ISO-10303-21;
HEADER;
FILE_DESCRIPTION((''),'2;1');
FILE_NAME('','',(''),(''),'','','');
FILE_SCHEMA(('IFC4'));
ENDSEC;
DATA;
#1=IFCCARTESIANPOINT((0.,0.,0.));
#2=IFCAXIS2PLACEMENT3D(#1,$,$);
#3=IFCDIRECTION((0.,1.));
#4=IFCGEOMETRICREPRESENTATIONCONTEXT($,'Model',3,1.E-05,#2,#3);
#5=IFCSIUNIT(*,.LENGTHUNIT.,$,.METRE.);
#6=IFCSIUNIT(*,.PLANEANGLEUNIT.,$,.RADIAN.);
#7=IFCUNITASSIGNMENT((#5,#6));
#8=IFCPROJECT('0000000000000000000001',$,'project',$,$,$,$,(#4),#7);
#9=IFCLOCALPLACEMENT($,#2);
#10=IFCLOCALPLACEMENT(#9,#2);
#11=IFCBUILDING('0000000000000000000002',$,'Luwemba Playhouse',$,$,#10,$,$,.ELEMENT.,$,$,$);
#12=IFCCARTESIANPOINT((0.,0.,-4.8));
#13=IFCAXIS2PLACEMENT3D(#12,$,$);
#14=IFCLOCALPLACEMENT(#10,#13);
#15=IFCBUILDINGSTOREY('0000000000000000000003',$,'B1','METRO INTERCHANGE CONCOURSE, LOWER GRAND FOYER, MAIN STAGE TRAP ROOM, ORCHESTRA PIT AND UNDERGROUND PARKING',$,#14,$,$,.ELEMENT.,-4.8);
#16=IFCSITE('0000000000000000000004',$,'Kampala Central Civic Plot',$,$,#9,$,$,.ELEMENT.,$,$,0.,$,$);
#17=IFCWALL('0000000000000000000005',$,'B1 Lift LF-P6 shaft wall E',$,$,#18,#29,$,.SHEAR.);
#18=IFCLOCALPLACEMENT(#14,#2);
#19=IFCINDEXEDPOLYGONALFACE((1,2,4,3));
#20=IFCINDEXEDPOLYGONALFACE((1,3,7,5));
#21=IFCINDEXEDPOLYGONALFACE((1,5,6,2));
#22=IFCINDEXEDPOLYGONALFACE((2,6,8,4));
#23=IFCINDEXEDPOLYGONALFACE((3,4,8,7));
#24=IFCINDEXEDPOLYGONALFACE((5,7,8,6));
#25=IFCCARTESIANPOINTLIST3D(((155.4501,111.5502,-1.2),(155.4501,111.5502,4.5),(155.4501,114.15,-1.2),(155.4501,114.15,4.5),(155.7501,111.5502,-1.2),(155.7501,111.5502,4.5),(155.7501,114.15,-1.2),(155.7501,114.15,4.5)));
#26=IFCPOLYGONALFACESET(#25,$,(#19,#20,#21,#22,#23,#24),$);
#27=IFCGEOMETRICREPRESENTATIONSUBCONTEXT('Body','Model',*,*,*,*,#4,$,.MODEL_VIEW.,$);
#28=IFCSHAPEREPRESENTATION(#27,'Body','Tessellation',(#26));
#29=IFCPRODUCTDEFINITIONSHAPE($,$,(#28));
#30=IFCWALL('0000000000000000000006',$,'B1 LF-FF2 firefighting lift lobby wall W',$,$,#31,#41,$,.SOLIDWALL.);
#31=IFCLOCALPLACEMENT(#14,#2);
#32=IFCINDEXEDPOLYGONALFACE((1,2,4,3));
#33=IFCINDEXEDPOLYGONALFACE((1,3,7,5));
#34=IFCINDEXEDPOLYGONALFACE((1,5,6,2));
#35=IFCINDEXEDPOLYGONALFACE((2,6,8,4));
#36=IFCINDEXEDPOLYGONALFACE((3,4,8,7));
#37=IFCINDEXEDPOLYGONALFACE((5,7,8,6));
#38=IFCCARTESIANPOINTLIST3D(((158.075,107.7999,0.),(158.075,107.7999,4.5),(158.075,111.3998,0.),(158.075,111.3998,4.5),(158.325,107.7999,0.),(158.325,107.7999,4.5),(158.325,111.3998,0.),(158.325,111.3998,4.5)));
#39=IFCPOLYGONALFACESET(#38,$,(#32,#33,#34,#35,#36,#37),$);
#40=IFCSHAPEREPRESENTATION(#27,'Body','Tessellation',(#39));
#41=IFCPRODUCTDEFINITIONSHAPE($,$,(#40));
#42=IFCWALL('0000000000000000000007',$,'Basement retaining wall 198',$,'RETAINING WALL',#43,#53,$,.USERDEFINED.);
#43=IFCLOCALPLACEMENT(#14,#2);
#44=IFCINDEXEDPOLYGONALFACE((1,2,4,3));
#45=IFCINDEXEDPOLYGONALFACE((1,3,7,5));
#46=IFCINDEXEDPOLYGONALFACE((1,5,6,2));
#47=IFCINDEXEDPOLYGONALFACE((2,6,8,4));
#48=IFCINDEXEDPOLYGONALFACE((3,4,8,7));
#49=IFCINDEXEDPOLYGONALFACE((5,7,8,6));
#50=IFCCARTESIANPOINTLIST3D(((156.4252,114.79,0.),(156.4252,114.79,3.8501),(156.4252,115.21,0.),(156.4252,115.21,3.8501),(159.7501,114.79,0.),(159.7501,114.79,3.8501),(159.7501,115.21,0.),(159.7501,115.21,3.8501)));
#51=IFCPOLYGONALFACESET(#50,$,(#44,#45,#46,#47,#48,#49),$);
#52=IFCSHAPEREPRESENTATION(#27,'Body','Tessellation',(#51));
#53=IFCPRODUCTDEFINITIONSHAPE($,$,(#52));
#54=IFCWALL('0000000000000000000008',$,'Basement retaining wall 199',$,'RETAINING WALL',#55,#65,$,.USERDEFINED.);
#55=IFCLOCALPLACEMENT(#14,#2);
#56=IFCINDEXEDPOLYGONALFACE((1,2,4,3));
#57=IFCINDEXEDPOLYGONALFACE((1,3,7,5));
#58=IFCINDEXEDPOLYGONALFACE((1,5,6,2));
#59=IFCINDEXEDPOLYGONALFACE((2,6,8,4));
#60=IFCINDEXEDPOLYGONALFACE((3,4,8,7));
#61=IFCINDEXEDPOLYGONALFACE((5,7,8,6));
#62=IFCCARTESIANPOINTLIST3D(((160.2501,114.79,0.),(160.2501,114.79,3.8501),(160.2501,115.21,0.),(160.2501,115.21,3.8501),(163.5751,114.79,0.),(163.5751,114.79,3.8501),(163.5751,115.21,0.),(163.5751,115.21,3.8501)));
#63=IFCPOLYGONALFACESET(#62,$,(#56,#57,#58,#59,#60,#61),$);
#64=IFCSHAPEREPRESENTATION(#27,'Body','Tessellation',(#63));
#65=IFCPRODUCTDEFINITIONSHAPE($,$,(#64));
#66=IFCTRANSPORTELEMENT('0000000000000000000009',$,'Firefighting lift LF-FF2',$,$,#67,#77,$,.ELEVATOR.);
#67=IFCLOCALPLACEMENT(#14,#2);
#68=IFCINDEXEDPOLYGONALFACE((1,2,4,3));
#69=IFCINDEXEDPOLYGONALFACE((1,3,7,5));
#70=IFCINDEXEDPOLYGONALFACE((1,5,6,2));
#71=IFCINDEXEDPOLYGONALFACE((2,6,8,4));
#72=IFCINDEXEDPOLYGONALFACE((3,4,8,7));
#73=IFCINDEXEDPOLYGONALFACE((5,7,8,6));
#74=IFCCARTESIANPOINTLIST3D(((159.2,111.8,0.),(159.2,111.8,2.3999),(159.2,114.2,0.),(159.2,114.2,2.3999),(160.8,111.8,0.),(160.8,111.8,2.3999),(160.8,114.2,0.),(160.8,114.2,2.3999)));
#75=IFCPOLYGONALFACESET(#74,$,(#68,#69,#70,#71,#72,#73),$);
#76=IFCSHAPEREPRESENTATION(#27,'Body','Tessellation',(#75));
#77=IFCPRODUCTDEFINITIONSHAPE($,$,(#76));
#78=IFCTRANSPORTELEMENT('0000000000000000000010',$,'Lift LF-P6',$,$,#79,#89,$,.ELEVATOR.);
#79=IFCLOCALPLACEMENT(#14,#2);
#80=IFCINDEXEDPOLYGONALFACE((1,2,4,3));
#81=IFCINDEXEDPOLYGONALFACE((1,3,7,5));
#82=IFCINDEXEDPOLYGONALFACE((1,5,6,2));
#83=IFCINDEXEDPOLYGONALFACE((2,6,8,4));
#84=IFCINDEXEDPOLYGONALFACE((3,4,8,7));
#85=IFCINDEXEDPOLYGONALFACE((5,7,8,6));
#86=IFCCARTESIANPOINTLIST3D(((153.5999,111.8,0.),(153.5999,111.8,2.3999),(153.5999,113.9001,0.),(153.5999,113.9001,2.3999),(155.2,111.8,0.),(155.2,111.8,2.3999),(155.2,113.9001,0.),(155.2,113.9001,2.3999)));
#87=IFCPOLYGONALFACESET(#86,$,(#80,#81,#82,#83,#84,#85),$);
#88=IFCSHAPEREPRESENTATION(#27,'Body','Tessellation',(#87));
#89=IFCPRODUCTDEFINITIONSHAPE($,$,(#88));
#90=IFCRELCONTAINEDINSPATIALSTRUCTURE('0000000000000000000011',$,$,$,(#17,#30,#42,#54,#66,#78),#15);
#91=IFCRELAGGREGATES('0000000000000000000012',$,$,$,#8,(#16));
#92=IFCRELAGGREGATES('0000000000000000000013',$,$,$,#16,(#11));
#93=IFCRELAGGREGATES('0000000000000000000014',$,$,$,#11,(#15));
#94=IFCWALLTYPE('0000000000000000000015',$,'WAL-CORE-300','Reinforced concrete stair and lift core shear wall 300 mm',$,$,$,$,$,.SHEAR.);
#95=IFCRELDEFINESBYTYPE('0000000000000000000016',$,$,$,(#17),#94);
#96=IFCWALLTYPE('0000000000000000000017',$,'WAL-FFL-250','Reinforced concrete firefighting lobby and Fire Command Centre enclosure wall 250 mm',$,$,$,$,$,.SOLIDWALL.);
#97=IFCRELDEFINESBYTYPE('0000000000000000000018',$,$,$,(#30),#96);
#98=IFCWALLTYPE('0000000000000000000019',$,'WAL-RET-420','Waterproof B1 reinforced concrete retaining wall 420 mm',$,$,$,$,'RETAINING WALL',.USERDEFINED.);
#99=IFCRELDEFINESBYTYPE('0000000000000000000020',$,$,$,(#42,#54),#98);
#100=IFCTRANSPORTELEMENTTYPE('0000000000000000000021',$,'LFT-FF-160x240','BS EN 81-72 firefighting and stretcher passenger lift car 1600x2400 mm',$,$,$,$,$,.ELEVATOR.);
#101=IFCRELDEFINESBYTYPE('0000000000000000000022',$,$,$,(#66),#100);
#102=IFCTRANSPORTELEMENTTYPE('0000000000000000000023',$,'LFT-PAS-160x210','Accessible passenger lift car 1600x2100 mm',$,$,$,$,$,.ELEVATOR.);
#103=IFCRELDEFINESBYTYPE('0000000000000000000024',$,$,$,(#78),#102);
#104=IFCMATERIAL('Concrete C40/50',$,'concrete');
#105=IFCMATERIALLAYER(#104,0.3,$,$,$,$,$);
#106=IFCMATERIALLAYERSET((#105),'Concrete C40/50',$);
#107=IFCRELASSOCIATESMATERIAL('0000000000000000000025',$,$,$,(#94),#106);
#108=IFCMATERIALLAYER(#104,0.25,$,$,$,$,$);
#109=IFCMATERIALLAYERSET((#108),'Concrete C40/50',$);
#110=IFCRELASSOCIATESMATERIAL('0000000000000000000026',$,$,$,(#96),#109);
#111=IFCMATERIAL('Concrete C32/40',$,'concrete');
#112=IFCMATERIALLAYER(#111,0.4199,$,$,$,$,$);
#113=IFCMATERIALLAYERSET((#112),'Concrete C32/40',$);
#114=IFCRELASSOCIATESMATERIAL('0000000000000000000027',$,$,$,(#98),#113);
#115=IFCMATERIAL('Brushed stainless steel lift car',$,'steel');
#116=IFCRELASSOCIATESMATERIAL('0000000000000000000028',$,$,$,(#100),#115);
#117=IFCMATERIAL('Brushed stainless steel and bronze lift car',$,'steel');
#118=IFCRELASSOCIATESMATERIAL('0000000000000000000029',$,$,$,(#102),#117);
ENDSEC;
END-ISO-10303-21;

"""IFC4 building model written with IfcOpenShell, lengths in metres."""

from ifc_helpers import new_model, si_unit, direction, frame, frame_2d, origin, origin_2d, place, context, subcontext, project, spatial, rectangle, extrude, material, layer, layer_set, type_object, element, save


model = new_model("IFC4")

# Units and contexts
model_context = context("Model", 3, precision=1e-05, world=origin(), true_north=direction((0.0, 1.0)))
body_context = subcontext(model_context, "Body", "Model", "MODEL_VIEW")
ifc_project = project(units=[si_unit("LENGTHUNIT", "METRE"), si_unit("PLANEANGLEUNIT", "RADIAN")], contexts=[model_context])

# Site, building, storey
site_placement = place(None, origin())
site = spatial("IfcSite", under=ifc_project, at=site_placement, Name="Kampala Central Civic Plot", CompositionType="ELEMENT", RefElevation=0.0)
building_placement = place(site_placement, origin())
building = spatial("IfcBuilding", under=site, at=building_placement, Name="Luwemba Playhouse", CompositionType="ELEMENT")
storey_placement = place(building_placement, frame((0.0, 0.0, -4.8)))
storey = spatial("IfcBuildingStorey", under=building, at=storey_placement, Name="B1", Description="METRO INTERCHANGE CONCOURSE, LOWER GRAND FOYER, MAIN STAGE TRAP ROOM, ORCHESTRA PIT AND UNDERGROUND PARKING", CompositionType="ELEMENT", Elevation=-4.8)

# Shared definitions
ifc_material_1 = material(Name="Concrete C32/40", Category="concrete")

# Shared definitions
ifc_material_2 = material(Name="Concrete C40/50", Category="concrete")

# Shared definitions
ifc_layer_1 = layer(ifc_material_2, 0.3)
ifc_layer_set_1 = layer_set([ifc_layer_1], Name="Concrete C40/50")
wall_type_1 = type_object("IfcWallType", Name="WAL-CORE-300", Description="Reinforced concrete stair and lift core shear wall 300 mm", PredefinedType="SHEAR", material=ifc_layer_set_1)

# Walls
for number, where, z_axis, x_axis, name in (
    (1, (155.6001, 114.1499, -1.2), (0.0, 0.0, 1.0), (0.0, -1.0, 0.0), "B1 Lift LF-P6 shaft wall E"),
):
    element("IfcWall", number, at=place(storey_placement, frame(where, z_axis=z_axis, x_axis=x_axis)), inside=storey, type_object=wall_type_1, Name=name, PredefinedType="SHEAR", context=body_context, shape_type="SweptSolid", body=[
        extrude(rectangle(XDim=2.5999, YDim=0.3, at=frame_2d((1.2998, 0.0))), origin(), (0.0, 0.0, 1.0), 5.7),
    ])
ifc_layer_2 = layer(ifc_material_2, 0.25)
ifc_layer_set_2 = layer_set([ifc_layer_2], Name="Concrete C40/50")
wall_type_2 = type_object("IfcWallType", Name="WAL-FFL-250", Description="Reinforced concrete firefighting lobby and Fire Command Centre enclosure wall 250 mm", PredefinedType="SOLIDWALL", material=ifc_layer_set_2)
wall_1_placement = place(storey_placement, frame((158.2, 107.8, 0.0), z_axis=(0.0, 0.0, 1.0), x_axis=(0.0, 1.0, 0.0)))
element("IfcWall", 2, at=wall_1_placement, inside=storey, type_object=wall_type_2, Name="B1 LF-FF2 firefighting lift lobby wall W", PredefinedType="SOLIDWALL", context=body_context, shape_type="SweptSolid", body=[
    extrude(rectangle(XDim=3.5999, YDim=0.25, at=frame_2d((1.7998, 0.0))), origin(), (0.0, 0.0, 1.0), 4.5),
])
ifc_layer_3 = layer(ifc_material_1, 0.4199)
ifc_layer_set_3 = layer_set([ifc_layer_3], Name="Concrete C32/40")
wall_type_3 = type_object("IfcWallType", Name="WAL-RET-420", Description="Waterproof B1 reinforced concrete retaining wall 420 mm", ElementType="RETAINING WALL", PredefinedType="USERDEFINED", material=ifc_layer_set_3)
for number, where, z_axis, x_axis, name in (
    (3, (156.425, 115.0, 0.0), (0.0, 0.0, 1.0), (1.0, 0.0, 0.0), "Basement retaining wall 198"),
    (4, (160.25, 115.0, 0.0), (0.0, 0.0, 1.0), (1.0, 0.0, 0.0), "Basement retaining wall 199"),
):
    element("IfcWall", number, at=place(storey_placement, frame(where, z_axis=z_axis, x_axis=x_axis)), inside=storey, type_object=wall_type_3, Name=name, ObjectType="RETAINING WALL", PredefinedType="USERDEFINED", context=body_context, shape_type="SweptSolid", body=[
        extrude(rectangle(XDim=3.325, YDim=0.4199, at=frame_2d((1.6626, 0.0))), origin(), (0.0, 0.0, 1.0), 3.8501),
    ])

# Transport elements
ifc_material_3 = material(Name="Brushed stainless steel lift car", Category="steel")
transport_element_type_1 = type_object("IfcTransportElementType", Name="LFT-FF-160x240", Description="BS EN 81-72 firefighting and stretcher passenger lift car 1600x2400 mm", PredefinedType="ELEVATOR", material=ifc_material_3)
transport_element_1_placement = place(storey_placement, frame((160.0, 113.0, 0.0), z_axis=(0.0, 0.0, 1.0), x_axis=(1.0, 0.0, 0.0)))
element("IfcTransportElement", 5, at=transport_element_1_placement, inside=storey, type_object=transport_element_type_1, Name="Firefighting lift LF-FF2", PredefinedType="ELEVATOR", context=body_context, shape_type="SweptSolid", body=[
    extrude(rectangle(XDim=1.6001, YDim=2.3999, at=origin_2d()), origin(), (0.0, 0.0, 1.0), 2.3999),
])
ifc_material_4 = material(Name="Brushed stainless steel and bronze lift car", Category="steel")
transport_element_type_2 = type_object("IfcTransportElementType", Name="LFT-PAS-160x210", Description="Accessible passenger lift car 1600x2100 mm", PredefinedType="ELEVATOR", material=ifc_material_4)
transport_element_2_placement = place(storey_placement, frame((154.3999, 112.8501, 0.0), z_axis=(0.0, 0.0, 1.0), x_axis=(1.0, 0.0, 0.0)))
element("IfcTransportElement", 6, at=transport_element_2_placement, inside=storey, type_object=transport_element_type_2, Name="Lift LF-P6", PredefinedType="ELEVATOR", context=body_context, shape_type="SweptSolid", body=[
    extrude(rectangle(XDim=1.6001, YDim=2.1001, at=origin_2d()), origin(), (0.0, 0.0, 1.0), 2.3999),
])

save(model, "model.ifc")
